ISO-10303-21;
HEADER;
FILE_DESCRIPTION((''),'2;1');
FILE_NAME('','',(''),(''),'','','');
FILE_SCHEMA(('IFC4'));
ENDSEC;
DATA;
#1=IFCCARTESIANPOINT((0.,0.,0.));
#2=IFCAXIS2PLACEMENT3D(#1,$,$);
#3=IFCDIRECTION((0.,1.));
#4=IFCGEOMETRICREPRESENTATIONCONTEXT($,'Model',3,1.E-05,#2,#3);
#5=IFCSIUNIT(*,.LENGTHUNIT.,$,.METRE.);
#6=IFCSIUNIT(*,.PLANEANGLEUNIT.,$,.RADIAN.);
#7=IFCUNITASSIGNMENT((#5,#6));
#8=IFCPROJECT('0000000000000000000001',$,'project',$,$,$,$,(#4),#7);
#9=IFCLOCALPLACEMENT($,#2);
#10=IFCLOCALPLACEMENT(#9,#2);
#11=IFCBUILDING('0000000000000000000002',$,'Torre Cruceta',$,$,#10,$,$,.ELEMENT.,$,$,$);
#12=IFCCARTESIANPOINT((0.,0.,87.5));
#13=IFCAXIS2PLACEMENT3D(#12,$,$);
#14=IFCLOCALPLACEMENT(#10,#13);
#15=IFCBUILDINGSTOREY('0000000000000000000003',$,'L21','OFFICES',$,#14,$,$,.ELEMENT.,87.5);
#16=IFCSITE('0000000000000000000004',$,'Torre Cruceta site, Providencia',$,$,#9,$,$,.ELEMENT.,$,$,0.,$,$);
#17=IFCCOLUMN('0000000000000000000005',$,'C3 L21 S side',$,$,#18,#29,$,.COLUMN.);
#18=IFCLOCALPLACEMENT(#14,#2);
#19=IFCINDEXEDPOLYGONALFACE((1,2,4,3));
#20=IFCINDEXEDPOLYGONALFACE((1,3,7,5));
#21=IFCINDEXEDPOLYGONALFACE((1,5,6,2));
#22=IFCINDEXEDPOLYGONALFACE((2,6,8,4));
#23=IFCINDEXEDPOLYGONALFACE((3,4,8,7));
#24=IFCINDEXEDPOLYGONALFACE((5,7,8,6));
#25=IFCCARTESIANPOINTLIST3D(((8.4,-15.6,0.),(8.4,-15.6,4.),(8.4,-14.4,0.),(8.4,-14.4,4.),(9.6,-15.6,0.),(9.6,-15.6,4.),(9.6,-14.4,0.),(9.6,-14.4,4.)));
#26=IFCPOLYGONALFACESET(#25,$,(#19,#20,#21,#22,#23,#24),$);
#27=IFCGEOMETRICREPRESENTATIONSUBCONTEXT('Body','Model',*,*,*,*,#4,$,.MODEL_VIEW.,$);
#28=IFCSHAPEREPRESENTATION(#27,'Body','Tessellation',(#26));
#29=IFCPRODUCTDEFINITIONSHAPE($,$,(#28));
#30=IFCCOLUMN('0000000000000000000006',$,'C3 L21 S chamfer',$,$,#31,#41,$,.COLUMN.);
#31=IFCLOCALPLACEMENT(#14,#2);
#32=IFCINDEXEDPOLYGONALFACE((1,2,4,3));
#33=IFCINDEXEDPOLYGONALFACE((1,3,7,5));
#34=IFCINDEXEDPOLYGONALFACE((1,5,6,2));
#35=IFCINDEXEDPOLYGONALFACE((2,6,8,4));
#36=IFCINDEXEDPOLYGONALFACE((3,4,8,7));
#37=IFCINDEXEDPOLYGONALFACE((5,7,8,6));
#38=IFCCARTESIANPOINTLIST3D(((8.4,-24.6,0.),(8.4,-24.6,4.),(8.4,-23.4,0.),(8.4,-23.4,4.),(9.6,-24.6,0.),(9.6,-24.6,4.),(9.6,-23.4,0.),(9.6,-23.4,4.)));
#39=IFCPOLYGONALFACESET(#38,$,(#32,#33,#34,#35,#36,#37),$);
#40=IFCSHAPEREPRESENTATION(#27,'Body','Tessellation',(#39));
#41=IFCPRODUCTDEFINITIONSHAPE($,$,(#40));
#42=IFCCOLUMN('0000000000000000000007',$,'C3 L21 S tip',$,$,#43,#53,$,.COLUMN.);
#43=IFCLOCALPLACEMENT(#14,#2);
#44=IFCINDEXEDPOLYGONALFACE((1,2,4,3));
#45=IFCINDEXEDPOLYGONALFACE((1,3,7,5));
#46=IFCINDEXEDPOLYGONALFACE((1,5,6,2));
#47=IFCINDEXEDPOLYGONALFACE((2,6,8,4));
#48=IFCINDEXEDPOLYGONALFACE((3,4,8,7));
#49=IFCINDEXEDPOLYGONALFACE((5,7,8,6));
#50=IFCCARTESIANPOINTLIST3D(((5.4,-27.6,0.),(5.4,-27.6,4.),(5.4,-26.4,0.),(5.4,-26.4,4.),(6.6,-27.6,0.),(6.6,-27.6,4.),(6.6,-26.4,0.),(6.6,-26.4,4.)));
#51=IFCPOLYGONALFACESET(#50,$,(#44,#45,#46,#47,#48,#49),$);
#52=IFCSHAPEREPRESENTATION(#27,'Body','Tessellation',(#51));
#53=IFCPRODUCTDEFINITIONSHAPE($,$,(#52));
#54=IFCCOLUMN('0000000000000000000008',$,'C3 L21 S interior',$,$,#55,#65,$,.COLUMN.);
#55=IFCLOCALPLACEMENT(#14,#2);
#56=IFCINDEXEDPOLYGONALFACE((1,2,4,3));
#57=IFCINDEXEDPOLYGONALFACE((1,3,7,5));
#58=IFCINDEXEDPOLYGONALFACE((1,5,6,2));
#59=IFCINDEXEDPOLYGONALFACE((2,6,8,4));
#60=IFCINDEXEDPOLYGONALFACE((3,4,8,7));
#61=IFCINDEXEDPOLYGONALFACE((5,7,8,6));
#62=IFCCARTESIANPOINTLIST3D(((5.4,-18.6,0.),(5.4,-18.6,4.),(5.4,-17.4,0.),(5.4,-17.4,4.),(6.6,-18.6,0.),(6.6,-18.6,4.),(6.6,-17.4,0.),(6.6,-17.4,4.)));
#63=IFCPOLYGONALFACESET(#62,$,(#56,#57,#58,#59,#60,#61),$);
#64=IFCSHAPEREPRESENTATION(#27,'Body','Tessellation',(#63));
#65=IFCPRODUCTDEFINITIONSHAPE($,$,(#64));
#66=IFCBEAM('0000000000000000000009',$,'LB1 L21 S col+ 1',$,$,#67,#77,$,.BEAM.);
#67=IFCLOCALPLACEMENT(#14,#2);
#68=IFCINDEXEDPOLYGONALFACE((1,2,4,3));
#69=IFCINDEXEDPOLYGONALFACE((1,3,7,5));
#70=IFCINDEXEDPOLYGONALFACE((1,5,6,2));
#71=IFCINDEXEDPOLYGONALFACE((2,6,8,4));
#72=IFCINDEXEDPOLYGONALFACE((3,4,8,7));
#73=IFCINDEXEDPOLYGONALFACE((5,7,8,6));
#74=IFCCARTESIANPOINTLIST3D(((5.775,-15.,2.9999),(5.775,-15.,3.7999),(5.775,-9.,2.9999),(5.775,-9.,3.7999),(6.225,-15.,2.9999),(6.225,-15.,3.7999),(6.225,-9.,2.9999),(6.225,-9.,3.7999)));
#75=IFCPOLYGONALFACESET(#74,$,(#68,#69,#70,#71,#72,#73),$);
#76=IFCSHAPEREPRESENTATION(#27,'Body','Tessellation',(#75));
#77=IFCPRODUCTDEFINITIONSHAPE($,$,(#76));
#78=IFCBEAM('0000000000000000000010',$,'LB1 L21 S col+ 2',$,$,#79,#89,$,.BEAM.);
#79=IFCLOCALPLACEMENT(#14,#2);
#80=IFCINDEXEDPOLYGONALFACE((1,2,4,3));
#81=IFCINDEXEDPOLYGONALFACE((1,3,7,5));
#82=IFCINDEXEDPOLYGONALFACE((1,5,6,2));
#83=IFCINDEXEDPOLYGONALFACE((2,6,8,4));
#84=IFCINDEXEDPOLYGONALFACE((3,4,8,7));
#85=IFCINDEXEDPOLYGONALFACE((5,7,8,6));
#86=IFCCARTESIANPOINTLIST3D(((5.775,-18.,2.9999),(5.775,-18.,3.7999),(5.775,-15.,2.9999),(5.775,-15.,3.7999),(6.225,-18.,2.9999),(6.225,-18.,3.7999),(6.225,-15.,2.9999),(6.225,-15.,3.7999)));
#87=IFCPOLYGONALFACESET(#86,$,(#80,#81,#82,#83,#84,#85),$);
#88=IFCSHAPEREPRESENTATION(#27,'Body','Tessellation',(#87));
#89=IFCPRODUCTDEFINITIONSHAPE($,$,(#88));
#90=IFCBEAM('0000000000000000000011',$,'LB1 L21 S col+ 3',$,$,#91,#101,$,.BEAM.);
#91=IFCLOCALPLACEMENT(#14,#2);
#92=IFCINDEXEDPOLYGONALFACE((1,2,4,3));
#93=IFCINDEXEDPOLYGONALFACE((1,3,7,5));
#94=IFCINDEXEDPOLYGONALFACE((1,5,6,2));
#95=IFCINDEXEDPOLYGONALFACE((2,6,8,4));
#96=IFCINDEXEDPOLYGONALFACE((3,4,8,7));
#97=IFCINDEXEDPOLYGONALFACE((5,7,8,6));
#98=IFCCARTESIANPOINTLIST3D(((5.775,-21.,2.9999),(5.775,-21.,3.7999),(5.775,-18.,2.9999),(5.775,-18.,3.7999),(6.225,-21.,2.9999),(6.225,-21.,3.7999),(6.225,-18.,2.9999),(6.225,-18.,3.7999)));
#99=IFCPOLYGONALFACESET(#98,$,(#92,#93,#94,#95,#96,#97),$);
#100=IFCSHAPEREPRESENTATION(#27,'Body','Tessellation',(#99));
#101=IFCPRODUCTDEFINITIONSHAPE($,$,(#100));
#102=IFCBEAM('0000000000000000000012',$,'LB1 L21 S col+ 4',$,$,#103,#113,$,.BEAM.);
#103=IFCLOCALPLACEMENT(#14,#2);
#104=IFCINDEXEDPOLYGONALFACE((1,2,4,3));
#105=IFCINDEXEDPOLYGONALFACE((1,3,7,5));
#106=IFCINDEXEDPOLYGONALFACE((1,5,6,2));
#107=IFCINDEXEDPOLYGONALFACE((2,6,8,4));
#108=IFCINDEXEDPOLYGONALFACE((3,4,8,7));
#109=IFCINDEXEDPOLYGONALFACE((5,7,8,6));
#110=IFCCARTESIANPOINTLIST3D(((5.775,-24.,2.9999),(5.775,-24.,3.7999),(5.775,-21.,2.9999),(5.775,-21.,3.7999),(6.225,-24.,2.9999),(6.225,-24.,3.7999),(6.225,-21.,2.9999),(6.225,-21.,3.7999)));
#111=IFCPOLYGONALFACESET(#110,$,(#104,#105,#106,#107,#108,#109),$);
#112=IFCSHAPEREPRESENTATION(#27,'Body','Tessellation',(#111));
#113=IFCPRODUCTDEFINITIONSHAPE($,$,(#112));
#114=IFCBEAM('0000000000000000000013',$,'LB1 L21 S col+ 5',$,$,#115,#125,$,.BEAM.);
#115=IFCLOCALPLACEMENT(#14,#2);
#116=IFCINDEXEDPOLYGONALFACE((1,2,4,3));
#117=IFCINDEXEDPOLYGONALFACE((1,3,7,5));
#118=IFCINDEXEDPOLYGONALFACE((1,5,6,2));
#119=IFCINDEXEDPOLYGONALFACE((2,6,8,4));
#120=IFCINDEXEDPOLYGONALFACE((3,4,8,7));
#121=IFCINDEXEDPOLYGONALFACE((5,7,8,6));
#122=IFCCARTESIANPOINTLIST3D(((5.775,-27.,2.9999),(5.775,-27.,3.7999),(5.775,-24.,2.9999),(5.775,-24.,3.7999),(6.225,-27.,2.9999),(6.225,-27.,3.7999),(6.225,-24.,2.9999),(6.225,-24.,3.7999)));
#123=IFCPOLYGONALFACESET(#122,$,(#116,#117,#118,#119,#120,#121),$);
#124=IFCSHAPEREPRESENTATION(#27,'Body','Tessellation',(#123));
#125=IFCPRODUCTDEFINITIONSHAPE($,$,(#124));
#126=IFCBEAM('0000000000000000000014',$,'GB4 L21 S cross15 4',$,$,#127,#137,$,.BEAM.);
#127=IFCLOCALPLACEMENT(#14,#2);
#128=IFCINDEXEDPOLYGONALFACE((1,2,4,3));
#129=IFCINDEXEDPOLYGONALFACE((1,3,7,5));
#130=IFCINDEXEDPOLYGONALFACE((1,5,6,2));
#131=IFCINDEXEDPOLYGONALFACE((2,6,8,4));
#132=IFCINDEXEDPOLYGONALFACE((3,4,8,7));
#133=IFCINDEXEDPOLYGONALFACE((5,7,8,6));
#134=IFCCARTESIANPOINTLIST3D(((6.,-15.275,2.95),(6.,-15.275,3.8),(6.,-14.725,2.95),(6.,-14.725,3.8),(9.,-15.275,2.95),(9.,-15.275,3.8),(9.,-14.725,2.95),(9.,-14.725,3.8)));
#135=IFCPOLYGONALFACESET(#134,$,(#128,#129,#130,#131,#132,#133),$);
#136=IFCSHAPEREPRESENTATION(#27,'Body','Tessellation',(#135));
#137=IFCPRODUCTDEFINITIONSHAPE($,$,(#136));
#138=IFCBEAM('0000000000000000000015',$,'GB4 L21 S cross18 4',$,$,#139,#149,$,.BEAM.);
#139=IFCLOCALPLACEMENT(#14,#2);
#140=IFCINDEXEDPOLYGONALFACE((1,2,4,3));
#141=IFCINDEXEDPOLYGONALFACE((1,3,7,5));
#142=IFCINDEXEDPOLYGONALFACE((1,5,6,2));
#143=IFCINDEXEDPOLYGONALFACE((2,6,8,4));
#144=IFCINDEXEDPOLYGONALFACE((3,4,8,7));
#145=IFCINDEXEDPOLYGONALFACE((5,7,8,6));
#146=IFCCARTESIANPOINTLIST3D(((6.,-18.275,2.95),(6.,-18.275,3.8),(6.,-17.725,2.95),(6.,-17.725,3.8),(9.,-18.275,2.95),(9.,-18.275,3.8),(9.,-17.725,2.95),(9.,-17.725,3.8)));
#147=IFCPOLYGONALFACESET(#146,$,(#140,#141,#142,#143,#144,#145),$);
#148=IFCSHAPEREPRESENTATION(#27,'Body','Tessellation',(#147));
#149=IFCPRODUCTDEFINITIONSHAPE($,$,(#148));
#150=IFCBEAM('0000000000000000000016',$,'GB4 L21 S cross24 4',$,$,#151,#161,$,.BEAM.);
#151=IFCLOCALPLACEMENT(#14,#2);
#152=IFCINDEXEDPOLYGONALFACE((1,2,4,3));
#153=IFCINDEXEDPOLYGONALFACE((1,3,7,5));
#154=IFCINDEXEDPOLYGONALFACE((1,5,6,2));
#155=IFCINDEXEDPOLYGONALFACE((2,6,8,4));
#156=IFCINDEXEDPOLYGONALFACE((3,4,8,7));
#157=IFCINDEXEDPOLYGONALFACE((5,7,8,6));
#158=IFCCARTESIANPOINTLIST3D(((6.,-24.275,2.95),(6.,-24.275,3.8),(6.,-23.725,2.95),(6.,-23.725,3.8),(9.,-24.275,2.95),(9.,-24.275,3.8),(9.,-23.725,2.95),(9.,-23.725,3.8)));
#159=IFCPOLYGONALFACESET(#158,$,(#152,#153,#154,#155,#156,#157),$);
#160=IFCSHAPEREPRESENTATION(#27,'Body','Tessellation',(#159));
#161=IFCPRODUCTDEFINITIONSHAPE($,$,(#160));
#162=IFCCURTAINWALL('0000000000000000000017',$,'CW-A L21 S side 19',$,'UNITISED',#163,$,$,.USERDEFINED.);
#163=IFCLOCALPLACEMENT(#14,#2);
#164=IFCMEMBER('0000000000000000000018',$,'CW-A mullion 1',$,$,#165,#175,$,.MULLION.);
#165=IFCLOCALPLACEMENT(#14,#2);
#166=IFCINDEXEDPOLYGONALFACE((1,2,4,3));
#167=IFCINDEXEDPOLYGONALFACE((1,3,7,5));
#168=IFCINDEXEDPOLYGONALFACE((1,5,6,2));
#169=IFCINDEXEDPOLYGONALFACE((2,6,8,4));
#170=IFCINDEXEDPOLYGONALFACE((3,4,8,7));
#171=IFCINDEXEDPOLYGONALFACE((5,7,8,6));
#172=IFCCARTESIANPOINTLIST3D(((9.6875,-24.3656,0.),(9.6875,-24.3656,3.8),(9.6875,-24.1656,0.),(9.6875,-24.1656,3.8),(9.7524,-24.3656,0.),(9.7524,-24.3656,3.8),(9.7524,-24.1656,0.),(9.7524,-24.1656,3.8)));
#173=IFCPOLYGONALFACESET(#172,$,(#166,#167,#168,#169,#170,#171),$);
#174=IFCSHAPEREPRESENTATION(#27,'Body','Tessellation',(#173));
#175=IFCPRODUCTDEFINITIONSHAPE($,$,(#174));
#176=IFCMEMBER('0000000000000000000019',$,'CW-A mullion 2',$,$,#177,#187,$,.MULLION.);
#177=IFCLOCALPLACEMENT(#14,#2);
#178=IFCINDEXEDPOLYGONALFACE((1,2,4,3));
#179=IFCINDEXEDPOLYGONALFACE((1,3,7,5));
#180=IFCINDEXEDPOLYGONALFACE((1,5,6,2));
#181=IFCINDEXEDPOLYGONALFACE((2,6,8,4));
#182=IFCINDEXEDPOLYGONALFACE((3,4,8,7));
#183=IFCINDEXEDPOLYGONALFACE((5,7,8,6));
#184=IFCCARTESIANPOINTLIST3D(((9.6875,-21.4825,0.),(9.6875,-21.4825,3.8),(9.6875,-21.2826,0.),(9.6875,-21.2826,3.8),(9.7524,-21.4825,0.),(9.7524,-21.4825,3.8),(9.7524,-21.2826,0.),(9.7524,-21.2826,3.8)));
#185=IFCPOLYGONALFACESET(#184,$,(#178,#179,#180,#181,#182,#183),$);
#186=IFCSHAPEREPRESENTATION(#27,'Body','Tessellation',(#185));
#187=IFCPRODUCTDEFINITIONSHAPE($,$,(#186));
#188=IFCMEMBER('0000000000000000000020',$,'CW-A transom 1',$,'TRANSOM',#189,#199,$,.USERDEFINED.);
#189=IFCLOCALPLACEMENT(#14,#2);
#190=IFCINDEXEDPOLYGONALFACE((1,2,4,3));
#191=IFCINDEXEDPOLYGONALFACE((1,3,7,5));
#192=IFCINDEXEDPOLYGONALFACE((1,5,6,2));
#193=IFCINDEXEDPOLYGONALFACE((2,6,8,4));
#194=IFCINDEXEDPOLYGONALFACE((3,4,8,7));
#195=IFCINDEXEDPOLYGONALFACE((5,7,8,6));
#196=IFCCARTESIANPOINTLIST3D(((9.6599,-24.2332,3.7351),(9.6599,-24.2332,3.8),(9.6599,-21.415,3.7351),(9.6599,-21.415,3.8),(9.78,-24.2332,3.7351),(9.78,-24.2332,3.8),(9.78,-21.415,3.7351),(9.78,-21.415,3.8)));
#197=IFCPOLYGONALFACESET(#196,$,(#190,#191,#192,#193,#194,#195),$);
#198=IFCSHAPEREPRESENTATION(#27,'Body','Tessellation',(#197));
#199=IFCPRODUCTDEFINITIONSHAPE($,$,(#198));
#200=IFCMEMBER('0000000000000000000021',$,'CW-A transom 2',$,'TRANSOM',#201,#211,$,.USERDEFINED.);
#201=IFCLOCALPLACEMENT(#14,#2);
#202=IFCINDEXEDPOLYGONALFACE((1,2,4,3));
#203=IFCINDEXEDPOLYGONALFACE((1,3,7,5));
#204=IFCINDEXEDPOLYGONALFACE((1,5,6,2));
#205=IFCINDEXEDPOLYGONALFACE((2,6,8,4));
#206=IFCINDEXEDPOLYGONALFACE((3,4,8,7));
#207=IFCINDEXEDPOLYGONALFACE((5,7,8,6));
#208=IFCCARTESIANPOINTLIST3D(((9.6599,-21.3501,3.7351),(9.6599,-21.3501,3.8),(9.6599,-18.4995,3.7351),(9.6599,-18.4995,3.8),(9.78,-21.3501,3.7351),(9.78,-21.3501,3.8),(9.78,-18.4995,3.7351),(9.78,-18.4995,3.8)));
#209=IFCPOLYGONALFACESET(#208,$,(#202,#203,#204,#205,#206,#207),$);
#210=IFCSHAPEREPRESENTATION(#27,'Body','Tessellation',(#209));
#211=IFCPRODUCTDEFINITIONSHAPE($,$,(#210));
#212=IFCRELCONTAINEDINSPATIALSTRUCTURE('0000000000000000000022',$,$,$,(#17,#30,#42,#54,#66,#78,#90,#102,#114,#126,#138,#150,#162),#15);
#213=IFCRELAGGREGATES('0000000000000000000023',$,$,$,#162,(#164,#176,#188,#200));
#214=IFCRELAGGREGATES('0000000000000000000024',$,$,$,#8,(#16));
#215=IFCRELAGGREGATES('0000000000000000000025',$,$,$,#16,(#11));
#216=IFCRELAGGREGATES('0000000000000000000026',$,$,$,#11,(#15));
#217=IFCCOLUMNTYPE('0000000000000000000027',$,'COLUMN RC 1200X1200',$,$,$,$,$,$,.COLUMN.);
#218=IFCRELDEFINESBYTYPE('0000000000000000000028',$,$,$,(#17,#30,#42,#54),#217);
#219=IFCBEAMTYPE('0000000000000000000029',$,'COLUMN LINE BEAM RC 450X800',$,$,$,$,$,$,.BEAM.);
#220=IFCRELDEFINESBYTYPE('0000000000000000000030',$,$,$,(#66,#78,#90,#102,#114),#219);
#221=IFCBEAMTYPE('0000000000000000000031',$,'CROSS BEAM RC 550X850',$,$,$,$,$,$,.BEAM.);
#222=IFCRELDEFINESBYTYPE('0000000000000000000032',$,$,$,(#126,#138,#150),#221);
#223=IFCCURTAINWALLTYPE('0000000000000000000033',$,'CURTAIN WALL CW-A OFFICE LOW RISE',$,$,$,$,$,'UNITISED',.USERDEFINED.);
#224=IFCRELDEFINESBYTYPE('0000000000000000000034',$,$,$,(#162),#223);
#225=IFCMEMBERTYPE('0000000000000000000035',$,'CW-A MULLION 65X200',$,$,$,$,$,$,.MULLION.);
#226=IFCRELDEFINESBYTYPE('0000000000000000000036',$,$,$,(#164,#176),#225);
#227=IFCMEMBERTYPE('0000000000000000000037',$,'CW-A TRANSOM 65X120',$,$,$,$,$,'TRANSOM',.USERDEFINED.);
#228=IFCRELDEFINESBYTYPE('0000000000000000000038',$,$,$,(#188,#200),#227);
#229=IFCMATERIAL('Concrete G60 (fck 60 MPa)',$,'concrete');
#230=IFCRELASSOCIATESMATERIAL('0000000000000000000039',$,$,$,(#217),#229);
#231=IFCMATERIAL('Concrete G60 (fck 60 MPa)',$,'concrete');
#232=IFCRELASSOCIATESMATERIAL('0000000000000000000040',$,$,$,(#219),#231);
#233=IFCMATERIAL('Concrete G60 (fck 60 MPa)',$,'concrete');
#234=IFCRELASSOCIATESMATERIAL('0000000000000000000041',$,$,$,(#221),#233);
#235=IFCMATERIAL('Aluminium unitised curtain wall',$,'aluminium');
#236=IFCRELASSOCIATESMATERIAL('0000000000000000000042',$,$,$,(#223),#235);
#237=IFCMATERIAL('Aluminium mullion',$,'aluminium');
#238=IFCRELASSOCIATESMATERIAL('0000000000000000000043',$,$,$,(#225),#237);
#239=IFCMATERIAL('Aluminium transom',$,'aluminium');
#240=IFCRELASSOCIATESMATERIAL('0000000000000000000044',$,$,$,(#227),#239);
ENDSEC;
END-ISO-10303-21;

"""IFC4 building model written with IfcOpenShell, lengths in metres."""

from ifc_helpers import new_model, si_unit, direction, frame, origin, origin_2d, place, context, subcontext, project, spatial, rectangle, extrude, material, material_profile, profile_set, type_object, element, aggregate, save


model = new_model("IFC4")

# Units and contexts
model_context = context("Model", 3, precision=1e-05, world=origin(), true_north=direction((0.0, 1.0)))
body_context = subcontext(model_context, "Body", "Model", "MODEL_VIEW")
ifc_project = project(units=[si_unit("LENGTHUNIT", "METRE"), si_unit("PLANEANGLEUNIT", "RADIAN")], contexts=[model_context])

# Site, building, storey
site_placement = place(None, origin())
site = spatial("IfcSite", under=ifc_project, at=site_placement, Name="Torre Cruceta site, Providencia", CompositionType="ELEMENT", RefElevation=0.0)
building_placement = place(site_placement, origin())
building = spatial("IfcBuilding", under=site, at=building_placement, Name="Torre Cruceta", CompositionType="ELEMENT")
storey_placement = place(building_placement, frame((0.0, 0.0, 87.5)))
storey = spatial("IfcBuildingStorey", under=building, at=storey_placement, Name="L21", Description="OFFICES", CompositionType="ELEMENT", Elevation=87.5)

# Columns
ifc_material_1 = material(Name="Concrete G60 (fck 60 MPa)", Category="concrete")
ifc_material_profile_1 = material_profile(ifc_material_1, rectangle(XDim=1.2, YDim=1.2, at=origin_2d()), Name="RC 1200X1200")
ifc_profile_set_1 = profile_set([ifc_material_profile_1], Name="Concrete G60 (fck 60 MPa)")
column_type = type_object("IfcColumnType", Name="COLUMN RC 1200X1200", PredefinedType="COLUMN", material=ifc_profile_set_1)
for number, where, z_axis, x_axis, name in (
    (1, (9.0, -15.0, 0.0), (0.0, 0.0, 1.0), (1.0, 0.0, 0.0), "C3 L21 S side"),
    (2, (9.0, -24.0, 0.0), (0.0, 0.0, 1.0), (1.0, 0.0, 0.0), "C3 L21 S chamfer"),
    (3, (6.0, -27.0, 0.0), (0.0, 0.0, 1.0), (1.0, 0.0, 0.0), "C3 L21 S tip"),
    (4, (6.0, -18.0, 0.0), (0.0, 0.0, 1.0), (1.0, 0.0, 0.0), "C3 L21 S interior"),
):
    element("IfcColumn", number, at=place(storey_placement, frame(where, z_axis=z_axis, x_axis=x_axis)), inside=storey, type_object=column_type, Name=name, PredefinedType="COLUMN", context=body_context, shape_type="SweptSolid", body=[
        extrude(rectangle(XDim=1.2, YDim=1.2, at=origin_2d()), origin(), (0.0, 0.0, 1.0), 4.0),
    ])

# Beams
ifc_material_2 = material(Name="Concrete G60 (fck 60 MPa)", Category="concrete")
ifc_material_profile_2 = material_profile(ifc_material_2, rectangle(XDim=0.45, YDim=0.8, at=origin_2d()), Name="RC 450X800")
ifc_profile_set_2 = profile_set([ifc_material_profile_2], Name="Concrete G60 (fck 60 MPa)")
beam_type_1 = type_object("IfcBeamType", Name="COLUMN LINE BEAM RC 450X800", PredefinedType="BEAM", material=ifc_profile_set_2)
beam_1_placement = place(storey_placement, frame((6.0, -9.0, 3.3999), z_axis=(0.0, -1.0, 0.0), x_axis=(1.0, 0.0, 0.0)))
element("IfcBeam", 5, at=beam_1_placement, inside=storey, type_object=beam_type_1, Name="LB1 L21 S col+ 1", PredefinedType="BEAM", context=body_context, shape_type="SweptSolid", body=[
    extrude(rectangle(XDim=0.45, YDim=0.8, at=origin_2d()), origin(), (0.0, 0.0, 1.0), 6.0),
])
for number, where, z_axis, x_axis, name in (
    (6, (6.0, -15.0, 3.3999), (0.0, -1.0, 0.0), (1.0, 0.0, 0.0), "LB1 L21 S col+ 2"),
    (7, (6.0, -18.0, 3.3999), (0.0, -1.0, 0.0), (1.0, 0.0, 0.0), "LB1 L21 S col+ 3"),
    (8, (6.0, -21.0, 3.3999), (0.0, -1.0, 0.0), (1.0, 0.0, 0.0), "LB1 L21 S col+ 4"),
    (9, (6.0, -24.0, 3.3999), (0.0, -1.0, 0.0), (1.0, 0.0, 0.0), "LB1 L21 S col+ 5"),
):
    element("IfcBeam", number, at=place(storey_placement, frame(where, z_axis=z_axis, x_axis=x_axis)), inside=storey, type_object=beam_type_1, Name=name, PredefinedType="BEAM", context=body_context, shape_type="SweptSolid", body=[
        extrude(rectangle(XDim=0.45, YDim=0.8, at=origin_2d()), origin(), (0.0, 0.0, 1.0), 3.0),
    ])
ifc_material_3 = material(Name="Concrete G60 (fck 60 MPa)", Category="concrete")
ifc_material_profile_3 = material_profile(ifc_material_3, rectangle(XDim=0.55, YDim=0.8501, at=origin_2d()), Name="RC 550X850")
ifc_profile_set_3 = profile_set([ifc_material_profile_3], Name="Concrete G60 (fck 60 MPa)")
beam_type_2 = type_object("IfcBeamType", Name="CROSS BEAM RC 550X850", PredefinedType="BEAM", material=ifc_profile_set_3)
for number, where, z_axis, x_axis, name in (
    (10, (6.0, -15.0, 3.375), (1.0, 0.0, 0.0), (0.0, 1.0, 0.0), "GB4 L21 S cross15 4"),
    (11, (6.0, -18.0, 3.375), (1.0, 0.0, 0.0), (0.0, 1.0, 0.0), "GB4 L21 S cross18 4"),
    (12, (6.0, -24.0, 3.375), (1.0, 0.0, 0.0), (0.0, 1.0, 0.0), "GB4 L21 S cross24 4"),
):
    element("IfcBeam", number, at=place(storey_placement, frame(where, z_axis=z_axis, x_axis=x_axis)), inside=storey, type_object=beam_type_2, Name=name, PredefinedType="BEAM", context=body_context, shape_type="SweptSolid", body=[
        extrude(rectangle(XDim=0.55, YDim=0.8501, at=origin_2d()), origin(), (0.0, 0.0, 1.0), 3.0),
    ])

# Curtain wall, members
ifc_material_4 = material(Name="Aluminium unitised curtain wall", Category="aluminium")
curtain_wall_type = type_object("IfcCurtainWallType", Name="CURTAIN WALL CW-A OFFICE LOW RISE", ElementType="UNITISED", PredefinedType="USERDEFINED", material=ifc_material_4)
curtain_wall_placement = place(storey_placement, origin())
curtain_wall = element("IfcCurtainWall", 13, at=curtain_wall_placement, inside=storey, type_object=curtain_wall_type, Name="CW-A L21 S side 19", ObjectType="UNITISED", PredefinedType="USERDEFINED")
ifc_material_5 = material(Name="Aluminium mullion", Category="aluminium")
ifc_material_profile_4 = material_profile(ifc_material_5, rectangle(XDim=0.0649, YDim=0.2, at=origin_2d()), Name="AL 65X200")
ifc_profile_set_4 = profile_set([ifc_material_profile_4], Name="Aluminium mullion")
member_type_1 = type_object("IfcMemberType", Name="CW-A MULLION 65X200", PredefinedType="MULLION", material=ifc_profile_set_4)
member_1_placement = place(storey_placement, frame((9.72, -24.2656, 0.0), z_axis=(0.0, 0.0, 1.0), x_axis=(-1.0, 0.0, 0.0)))
member_1 = element("IfcMember", 14, at=member_1_placement, type_object=member_type_1, Name="CW-A mullion 1", PredefinedType="MULLION", context=body_context, shape_type="SweptSolid", body=[
    extrude(rectangle(XDim=0.0649, YDim=0.2, at=origin_2d()), origin(), (0.0, 0.0, 1.0), 3.8),
])
member_2_placement = place(storey_placement, frame((9.72, -21.3826, 0.0), z_axis=(0.0, 0.0, 1.0), x_axis=(-1.0, 0.0, 0.0)))
member_2 = element("IfcMember", 15, at=member_2_placement, type_object=member_type_1, Name="CW-A mullion 2", PredefinedType="MULLION", context=body_context, shape_type="SweptSolid", body=[
    extrude(rectangle(XDim=0.0649, YDim=0.2, at=origin_2d()), origin(), (0.0, 0.0, 1.0), 3.8),
])
ifc_material_6 = material(Name="Aluminium transom", Category="aluminium")
ifc_material_profile_5 = material_profile(ifc_material_6, rectangle(XDim=0.1201, YDim=0.0649, at=origin_2d()), Name="AL 120X65")
ifc_profile_set_5 = profile_set([ifc_material_profile_5], Name="Aluminium transom")
member_type_2 = type_object("IfcMemberType", Name="CW-A TRANSOM 65X120", ElementType="TRANSOM", PredefinedType="USERDEFINED", material=ifc_profile_set_5)
member_3_placement = place(storey_placement, frame((9.72, -24.2332, 3.7676), z_axis=(0.0, 1.0, 0.0), x_axis=(-1.0, 0.0, 0.0)))
member_3 = element("IfcMember", 16, at=member_3_placement, type_object=member_type_2, Name="CW-A transom 1", ObjectType="TRANSOM", PredefinedType="USERDEFINED", context=body_context, shape_type="SweptSolid", body=[
    extrude(rectangle(XDim=0.1201, YDim=0.0649, at=origin_2d()), origin(), (0.0, 0.0, 1.0), 2.8181),
])
member_4_placement = place(storey_placement, frame((9.72, -21.3501, 3.7676), z_axis=(0.0, 1.0, 0.0), x_axis=(-1.0, 0.0, 0.0)))
member_4 = element("IfcMember", 17, at=member_4_placement, type_object=member_type_2, Name="CW-A transom 2", ObjectType="TRANSOM", PredefinedType="USERDEFINED", context=body_context, shape_type="SweptSolid", body=[
    extrude(rectangle(XDim=0.1201, YDim=0.0649, at=origin_2d()), origin(), (0.0, 0.0, 1.0), 2.8506),
])

aggregate(curtain_wall, [member_1, member_2, member_3, member_4])

save(model, "model.ifc")
